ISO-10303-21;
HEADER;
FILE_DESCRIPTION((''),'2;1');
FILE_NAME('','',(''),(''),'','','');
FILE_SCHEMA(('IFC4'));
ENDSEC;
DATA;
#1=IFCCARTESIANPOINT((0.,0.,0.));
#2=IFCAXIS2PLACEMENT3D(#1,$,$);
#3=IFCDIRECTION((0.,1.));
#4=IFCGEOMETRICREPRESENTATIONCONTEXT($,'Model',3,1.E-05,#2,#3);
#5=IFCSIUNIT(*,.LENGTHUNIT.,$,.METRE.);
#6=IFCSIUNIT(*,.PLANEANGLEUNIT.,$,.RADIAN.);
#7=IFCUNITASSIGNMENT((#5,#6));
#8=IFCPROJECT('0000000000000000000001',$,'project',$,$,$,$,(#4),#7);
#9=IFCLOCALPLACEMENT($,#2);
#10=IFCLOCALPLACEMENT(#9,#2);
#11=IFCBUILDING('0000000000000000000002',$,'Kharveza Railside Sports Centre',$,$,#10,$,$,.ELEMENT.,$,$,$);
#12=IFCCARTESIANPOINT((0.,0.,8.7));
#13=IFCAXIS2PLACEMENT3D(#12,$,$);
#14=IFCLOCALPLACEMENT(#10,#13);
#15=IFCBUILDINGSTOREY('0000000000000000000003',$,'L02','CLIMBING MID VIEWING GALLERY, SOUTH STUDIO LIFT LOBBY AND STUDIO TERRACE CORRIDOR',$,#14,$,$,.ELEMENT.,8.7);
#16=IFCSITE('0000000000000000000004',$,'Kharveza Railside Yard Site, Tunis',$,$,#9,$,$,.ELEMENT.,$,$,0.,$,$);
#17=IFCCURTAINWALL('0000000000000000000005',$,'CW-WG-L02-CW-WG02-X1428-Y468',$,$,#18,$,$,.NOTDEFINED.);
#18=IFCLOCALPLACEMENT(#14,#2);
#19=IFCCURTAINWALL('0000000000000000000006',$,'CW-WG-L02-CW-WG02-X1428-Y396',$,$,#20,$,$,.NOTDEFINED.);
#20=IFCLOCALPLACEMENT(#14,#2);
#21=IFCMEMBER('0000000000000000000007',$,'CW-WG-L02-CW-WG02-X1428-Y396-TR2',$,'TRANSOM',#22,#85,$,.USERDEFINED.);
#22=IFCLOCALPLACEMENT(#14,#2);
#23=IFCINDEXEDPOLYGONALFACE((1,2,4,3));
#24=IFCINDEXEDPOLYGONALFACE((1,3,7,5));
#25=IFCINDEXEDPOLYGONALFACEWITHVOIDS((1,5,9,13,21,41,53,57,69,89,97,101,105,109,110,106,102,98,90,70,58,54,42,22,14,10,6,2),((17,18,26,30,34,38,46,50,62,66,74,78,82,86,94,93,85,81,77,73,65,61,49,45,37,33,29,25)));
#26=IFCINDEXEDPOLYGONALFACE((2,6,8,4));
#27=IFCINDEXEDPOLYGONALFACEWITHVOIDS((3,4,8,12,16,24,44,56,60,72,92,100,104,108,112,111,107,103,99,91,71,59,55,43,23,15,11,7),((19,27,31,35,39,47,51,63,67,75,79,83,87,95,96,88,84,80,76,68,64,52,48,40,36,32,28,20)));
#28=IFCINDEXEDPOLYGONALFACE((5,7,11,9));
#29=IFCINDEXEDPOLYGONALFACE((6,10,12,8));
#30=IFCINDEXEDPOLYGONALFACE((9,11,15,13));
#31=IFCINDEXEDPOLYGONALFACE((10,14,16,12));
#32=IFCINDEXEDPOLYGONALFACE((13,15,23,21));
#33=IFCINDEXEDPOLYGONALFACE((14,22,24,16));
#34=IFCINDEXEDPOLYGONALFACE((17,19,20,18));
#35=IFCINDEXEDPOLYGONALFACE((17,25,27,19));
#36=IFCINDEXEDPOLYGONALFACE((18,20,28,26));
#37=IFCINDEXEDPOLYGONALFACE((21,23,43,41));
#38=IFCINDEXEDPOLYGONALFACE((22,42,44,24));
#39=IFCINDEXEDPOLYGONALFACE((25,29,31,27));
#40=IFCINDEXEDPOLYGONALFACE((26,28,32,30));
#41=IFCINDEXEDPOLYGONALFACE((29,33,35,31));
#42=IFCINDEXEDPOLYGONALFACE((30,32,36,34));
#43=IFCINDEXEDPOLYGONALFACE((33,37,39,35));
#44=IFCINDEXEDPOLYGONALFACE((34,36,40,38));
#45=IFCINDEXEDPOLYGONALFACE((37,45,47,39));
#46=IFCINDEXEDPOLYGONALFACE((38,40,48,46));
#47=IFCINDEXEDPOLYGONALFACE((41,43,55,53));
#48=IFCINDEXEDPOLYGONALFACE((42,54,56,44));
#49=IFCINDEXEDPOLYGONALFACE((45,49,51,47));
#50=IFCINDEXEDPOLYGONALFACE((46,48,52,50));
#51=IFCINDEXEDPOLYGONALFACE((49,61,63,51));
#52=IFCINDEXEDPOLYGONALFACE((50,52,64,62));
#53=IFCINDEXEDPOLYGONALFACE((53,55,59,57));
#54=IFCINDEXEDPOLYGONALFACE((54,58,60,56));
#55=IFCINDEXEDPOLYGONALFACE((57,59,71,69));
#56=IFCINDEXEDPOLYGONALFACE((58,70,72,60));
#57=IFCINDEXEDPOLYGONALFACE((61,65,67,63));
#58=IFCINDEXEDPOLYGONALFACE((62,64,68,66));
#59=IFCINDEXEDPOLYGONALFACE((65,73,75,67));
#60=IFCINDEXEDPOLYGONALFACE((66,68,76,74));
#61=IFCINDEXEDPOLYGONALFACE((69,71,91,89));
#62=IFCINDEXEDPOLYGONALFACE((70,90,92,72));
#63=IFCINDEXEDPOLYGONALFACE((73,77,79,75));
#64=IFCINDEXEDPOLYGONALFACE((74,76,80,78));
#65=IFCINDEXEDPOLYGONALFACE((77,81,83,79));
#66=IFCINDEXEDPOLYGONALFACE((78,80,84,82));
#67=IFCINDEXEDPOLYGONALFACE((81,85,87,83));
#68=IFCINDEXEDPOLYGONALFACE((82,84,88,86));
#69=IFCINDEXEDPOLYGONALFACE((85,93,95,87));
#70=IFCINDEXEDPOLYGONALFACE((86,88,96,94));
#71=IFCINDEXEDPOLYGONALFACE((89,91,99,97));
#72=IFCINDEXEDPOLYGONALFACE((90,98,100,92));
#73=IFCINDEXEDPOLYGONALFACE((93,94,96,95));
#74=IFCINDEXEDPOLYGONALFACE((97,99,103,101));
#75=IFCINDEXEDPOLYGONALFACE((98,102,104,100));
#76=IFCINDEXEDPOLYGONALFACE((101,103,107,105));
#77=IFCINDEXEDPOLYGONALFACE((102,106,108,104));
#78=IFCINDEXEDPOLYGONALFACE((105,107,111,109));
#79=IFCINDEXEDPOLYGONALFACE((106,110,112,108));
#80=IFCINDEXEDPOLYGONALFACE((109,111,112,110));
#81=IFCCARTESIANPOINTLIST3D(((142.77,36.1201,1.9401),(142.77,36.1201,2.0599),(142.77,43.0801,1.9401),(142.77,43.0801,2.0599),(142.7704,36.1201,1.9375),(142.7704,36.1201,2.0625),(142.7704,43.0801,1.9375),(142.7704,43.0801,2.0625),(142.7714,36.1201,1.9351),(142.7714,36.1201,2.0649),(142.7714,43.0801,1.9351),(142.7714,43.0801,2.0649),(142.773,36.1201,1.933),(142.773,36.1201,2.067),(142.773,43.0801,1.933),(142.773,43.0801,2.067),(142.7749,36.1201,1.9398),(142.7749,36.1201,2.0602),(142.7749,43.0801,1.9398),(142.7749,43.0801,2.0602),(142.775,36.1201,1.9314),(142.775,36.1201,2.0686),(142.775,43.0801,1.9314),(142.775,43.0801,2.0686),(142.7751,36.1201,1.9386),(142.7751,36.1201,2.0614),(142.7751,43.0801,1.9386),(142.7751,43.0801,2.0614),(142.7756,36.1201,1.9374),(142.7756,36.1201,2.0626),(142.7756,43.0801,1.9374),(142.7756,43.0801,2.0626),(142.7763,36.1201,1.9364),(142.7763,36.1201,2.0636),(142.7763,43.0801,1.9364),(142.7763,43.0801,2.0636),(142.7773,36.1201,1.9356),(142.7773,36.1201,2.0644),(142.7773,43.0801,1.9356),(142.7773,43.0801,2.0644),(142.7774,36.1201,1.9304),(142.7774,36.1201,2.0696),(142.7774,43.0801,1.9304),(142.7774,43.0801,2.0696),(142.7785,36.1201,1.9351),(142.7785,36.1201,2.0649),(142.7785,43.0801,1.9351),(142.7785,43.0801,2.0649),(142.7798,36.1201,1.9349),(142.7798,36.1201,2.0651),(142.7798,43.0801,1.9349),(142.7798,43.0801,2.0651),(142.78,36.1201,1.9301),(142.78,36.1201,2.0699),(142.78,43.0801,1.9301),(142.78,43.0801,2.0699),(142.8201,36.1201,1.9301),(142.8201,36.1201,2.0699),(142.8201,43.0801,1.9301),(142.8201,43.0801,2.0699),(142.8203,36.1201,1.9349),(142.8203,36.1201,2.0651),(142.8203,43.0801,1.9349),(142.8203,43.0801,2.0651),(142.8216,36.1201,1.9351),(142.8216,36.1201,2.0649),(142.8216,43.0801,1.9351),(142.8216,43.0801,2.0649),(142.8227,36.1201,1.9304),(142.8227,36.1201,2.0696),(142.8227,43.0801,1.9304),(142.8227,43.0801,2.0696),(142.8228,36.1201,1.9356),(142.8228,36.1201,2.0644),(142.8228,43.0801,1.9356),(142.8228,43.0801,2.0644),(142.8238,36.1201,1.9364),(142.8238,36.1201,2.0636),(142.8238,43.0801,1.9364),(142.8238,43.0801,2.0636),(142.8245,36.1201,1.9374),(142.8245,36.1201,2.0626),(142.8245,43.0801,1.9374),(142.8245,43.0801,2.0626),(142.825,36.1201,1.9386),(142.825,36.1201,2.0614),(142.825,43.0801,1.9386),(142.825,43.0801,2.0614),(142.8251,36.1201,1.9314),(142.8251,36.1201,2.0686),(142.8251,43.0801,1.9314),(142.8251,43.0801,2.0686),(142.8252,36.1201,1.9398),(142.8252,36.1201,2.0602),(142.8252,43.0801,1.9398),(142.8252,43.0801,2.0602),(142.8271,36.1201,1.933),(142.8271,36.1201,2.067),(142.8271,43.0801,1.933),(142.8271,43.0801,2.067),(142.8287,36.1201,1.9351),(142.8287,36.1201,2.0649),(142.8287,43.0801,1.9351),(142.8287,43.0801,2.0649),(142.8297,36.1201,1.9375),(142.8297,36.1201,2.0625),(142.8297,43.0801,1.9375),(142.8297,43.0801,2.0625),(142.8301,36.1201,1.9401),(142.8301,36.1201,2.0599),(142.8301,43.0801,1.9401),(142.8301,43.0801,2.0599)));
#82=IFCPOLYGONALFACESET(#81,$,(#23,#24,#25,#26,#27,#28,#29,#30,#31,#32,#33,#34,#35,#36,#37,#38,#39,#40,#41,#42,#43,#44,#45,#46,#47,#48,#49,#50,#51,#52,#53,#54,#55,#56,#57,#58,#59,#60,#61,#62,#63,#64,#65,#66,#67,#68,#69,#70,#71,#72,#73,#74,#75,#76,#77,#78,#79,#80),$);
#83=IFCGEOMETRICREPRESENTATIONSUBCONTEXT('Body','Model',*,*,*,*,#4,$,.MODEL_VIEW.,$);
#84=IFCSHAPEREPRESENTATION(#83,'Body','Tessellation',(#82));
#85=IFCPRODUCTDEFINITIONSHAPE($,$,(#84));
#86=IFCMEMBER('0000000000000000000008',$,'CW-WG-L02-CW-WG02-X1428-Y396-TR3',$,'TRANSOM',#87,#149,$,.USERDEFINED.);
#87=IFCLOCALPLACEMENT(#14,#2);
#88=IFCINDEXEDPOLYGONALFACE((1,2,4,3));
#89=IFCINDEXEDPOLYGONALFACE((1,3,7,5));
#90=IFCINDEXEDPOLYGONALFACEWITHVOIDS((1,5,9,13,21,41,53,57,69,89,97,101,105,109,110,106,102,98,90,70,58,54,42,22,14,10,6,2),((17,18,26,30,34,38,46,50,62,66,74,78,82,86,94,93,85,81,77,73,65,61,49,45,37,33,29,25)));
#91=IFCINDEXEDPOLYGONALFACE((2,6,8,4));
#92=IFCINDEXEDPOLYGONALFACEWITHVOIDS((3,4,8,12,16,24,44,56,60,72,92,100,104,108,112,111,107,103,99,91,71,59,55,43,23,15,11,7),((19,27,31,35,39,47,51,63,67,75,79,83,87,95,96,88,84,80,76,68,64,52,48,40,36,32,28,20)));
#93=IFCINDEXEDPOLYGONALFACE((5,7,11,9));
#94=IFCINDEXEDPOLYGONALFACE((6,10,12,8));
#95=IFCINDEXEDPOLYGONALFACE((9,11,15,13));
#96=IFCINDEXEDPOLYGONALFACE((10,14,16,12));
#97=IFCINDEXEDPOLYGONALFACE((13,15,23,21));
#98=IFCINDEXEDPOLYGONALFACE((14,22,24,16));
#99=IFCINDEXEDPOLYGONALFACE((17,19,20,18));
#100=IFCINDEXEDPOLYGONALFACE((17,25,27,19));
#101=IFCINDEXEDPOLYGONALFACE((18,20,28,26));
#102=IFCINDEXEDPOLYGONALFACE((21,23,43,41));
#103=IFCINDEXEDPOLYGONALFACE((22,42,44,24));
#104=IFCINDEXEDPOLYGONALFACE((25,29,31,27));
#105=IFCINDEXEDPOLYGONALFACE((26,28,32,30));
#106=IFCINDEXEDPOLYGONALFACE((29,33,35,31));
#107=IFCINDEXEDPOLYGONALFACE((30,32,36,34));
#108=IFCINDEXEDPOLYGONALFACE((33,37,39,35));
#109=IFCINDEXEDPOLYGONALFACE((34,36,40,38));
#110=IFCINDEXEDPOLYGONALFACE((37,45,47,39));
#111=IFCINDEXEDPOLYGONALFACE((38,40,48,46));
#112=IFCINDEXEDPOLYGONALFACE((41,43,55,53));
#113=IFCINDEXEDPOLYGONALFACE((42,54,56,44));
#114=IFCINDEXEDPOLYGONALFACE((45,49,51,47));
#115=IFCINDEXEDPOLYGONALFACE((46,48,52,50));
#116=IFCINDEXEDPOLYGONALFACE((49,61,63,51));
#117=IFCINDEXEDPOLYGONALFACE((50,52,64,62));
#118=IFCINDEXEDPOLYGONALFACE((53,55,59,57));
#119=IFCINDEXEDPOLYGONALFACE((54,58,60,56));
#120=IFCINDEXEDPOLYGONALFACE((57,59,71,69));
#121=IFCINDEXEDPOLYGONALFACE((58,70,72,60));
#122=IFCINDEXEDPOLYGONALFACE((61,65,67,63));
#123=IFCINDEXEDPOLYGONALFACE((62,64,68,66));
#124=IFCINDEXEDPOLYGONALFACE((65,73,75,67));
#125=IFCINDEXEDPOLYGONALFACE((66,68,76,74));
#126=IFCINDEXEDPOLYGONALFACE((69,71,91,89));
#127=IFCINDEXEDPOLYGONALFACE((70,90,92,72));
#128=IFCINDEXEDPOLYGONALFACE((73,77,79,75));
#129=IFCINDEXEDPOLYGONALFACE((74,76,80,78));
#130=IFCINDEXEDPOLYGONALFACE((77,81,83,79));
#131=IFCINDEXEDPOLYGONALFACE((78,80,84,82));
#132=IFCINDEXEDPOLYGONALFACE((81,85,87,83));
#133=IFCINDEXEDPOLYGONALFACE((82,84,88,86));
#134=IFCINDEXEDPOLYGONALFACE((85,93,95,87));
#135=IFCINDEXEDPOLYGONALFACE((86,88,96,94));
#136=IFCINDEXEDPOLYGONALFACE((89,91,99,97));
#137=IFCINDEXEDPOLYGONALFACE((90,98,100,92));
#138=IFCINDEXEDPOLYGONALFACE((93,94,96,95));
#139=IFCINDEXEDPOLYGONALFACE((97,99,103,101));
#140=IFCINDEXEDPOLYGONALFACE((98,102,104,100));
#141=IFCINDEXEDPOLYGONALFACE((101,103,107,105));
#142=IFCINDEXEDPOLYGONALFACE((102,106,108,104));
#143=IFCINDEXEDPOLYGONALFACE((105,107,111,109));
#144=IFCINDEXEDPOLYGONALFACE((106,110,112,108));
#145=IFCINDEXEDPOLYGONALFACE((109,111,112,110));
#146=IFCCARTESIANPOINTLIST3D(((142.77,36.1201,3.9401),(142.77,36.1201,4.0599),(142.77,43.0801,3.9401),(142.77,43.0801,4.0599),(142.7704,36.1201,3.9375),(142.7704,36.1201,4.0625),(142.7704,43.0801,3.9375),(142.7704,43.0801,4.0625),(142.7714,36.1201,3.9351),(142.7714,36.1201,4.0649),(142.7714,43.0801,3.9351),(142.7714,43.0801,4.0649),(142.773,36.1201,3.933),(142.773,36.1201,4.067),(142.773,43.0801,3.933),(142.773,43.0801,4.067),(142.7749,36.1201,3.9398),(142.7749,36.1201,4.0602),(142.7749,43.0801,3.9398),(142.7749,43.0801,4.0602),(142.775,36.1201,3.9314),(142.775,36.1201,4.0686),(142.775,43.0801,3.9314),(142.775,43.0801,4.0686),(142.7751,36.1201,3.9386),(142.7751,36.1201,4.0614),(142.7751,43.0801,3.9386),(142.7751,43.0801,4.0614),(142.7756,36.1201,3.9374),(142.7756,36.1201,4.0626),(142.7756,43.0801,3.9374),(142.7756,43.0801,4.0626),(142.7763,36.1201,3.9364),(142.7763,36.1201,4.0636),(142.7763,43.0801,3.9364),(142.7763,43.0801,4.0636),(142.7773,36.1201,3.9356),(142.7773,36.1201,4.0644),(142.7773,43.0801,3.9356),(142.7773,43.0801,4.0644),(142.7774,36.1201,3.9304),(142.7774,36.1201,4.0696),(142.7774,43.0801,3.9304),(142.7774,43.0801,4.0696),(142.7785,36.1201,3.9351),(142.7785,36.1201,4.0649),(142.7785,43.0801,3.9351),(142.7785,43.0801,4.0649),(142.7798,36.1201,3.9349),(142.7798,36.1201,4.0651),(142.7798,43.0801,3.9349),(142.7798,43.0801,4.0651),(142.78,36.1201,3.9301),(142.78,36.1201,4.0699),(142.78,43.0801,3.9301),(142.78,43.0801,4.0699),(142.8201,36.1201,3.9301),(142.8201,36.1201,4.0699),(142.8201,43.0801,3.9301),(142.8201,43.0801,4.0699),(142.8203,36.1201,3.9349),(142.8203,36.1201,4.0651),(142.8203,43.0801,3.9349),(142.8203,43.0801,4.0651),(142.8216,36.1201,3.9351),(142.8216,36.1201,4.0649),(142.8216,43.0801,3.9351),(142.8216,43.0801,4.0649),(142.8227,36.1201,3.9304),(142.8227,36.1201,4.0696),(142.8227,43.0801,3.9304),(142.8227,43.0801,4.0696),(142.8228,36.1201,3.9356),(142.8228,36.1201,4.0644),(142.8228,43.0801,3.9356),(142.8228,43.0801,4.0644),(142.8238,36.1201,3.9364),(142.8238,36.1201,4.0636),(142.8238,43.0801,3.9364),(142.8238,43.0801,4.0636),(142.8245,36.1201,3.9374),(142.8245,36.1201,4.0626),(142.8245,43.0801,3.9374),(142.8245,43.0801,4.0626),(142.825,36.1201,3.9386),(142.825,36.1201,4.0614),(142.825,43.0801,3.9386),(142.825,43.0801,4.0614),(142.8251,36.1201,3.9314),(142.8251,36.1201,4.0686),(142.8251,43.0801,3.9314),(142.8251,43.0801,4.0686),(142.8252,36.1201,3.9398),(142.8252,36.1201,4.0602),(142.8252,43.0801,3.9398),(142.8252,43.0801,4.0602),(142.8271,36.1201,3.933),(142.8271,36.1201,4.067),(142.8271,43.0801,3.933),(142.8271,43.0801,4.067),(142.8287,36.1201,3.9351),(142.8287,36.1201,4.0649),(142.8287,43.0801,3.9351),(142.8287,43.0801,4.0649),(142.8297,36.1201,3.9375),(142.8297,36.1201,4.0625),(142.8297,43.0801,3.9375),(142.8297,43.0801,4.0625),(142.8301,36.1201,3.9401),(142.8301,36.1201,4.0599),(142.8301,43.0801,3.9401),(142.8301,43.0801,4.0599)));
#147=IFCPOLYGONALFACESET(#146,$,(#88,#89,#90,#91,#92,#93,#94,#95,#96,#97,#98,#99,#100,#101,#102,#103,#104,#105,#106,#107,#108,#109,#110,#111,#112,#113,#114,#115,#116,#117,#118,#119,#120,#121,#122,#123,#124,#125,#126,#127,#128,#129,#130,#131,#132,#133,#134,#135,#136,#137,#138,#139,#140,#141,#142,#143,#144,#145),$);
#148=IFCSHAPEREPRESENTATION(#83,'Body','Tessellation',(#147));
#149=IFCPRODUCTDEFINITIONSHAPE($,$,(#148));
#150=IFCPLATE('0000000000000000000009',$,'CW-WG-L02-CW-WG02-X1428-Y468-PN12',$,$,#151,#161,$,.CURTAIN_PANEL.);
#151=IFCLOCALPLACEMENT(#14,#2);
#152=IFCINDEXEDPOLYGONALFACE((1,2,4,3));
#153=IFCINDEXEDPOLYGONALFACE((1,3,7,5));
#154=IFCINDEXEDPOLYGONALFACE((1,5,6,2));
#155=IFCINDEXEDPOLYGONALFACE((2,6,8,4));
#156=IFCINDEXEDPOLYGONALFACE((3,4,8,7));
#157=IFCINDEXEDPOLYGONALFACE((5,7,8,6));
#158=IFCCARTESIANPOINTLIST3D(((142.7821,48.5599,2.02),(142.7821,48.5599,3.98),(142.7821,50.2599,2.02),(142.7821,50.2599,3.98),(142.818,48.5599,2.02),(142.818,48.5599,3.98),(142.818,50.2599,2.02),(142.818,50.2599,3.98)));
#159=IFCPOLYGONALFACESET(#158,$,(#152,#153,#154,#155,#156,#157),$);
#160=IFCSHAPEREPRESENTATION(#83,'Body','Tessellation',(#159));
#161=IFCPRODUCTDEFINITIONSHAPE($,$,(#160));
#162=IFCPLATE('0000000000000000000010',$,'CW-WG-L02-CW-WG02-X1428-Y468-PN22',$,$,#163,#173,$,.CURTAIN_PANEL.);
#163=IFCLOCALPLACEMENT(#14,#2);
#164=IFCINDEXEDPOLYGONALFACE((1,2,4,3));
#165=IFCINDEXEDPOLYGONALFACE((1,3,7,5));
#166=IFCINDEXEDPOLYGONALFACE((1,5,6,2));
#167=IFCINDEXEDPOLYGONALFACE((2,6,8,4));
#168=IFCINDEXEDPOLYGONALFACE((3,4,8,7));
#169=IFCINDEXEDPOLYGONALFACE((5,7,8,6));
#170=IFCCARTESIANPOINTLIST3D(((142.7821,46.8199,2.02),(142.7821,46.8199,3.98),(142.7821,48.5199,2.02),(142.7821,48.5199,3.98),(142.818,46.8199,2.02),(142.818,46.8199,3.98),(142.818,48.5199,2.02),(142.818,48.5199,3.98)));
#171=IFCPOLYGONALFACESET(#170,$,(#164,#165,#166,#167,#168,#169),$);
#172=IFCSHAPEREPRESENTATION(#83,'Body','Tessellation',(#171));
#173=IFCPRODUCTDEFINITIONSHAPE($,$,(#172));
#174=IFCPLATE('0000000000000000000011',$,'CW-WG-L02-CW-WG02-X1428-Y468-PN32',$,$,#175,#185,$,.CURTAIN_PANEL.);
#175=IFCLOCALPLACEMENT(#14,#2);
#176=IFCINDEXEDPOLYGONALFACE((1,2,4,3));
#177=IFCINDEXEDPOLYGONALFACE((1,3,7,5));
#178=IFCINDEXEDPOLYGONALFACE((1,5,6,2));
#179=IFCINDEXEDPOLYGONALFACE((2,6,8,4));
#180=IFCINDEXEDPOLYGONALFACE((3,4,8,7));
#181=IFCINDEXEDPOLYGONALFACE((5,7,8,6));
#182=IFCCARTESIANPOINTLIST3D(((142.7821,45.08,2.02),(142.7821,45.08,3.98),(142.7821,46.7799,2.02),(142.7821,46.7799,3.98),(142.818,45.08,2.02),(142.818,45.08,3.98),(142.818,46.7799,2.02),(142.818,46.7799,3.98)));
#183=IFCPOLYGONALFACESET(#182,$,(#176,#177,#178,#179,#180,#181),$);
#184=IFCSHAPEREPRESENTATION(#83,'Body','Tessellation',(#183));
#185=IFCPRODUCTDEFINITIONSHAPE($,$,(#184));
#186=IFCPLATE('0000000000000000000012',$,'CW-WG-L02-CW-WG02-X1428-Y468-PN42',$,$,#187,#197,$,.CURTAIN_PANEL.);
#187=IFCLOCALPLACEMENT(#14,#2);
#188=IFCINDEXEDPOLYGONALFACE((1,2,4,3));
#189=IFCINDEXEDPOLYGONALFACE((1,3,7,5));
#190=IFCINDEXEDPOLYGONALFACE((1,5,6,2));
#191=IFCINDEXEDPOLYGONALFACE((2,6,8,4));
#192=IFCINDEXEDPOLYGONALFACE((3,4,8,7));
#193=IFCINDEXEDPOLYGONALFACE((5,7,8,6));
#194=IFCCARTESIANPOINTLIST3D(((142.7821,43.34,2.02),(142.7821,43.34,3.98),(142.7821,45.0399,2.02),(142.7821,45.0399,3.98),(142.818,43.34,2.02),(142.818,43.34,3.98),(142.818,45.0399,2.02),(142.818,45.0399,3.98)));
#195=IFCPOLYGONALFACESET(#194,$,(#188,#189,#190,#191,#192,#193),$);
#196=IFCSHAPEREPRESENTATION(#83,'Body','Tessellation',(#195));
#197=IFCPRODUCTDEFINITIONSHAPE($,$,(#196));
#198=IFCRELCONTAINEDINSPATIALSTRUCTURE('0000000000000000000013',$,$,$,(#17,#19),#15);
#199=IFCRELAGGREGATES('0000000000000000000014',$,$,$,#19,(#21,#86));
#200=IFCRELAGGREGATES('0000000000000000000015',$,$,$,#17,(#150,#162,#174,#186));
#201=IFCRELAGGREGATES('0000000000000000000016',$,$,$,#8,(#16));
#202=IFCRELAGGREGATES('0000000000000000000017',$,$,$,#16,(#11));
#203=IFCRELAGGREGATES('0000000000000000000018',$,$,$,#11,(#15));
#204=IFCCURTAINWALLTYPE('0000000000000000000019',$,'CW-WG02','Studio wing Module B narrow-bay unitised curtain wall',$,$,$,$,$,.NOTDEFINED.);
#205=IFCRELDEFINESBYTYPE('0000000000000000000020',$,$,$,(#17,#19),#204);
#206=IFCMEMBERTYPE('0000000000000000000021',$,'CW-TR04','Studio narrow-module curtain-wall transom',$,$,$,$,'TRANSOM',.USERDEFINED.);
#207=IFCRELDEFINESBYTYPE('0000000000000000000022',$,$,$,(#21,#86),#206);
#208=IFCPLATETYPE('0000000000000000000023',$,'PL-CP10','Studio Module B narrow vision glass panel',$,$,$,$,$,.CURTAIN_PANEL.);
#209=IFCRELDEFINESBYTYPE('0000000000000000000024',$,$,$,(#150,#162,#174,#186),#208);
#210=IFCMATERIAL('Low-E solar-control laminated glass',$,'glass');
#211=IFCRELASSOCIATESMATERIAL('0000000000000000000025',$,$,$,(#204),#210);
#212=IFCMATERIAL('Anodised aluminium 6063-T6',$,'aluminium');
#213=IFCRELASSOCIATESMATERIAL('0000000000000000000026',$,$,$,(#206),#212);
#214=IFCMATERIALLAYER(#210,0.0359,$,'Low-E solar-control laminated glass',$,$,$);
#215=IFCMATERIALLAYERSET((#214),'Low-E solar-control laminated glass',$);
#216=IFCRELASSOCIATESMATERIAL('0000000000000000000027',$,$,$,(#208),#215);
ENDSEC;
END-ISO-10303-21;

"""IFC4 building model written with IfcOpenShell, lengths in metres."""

from ifc_helpers import new_model, si_unit, direction, frame, origin, origin_2d, place, context, subcontext, project, spatial, rectangle, hollow_rectangle, extrude, material, layer, layer_set, material_profile, profile_set, type_object, element, aggregate, save


model = new_model("IFC4")

# Units and contexts
model_context = context("Model", 3, precision=1e-05, world=origin(), true_north=direction((0.0, 1.0)))
body_context = subcontext(model_context, "Body", "Model", "MODEL_VIEW")
ifc_project = project(units=[si_unit("LENGTHUNIT", "METRE"), si_unit("PLANEANGLEUNIT", "RADIAN")], contexts=[model_context])

# Site, building, storey
site_placement = place(None, origin())
site = spatial("IfcSite", under=ifc_project, at=site_placement, Name="Kharveza Railside Yard Site, Tunis", CompositionType="ELEMENT", RefElevation=0.0)
building_placement = place(site_placement, origin())
building = spatial("IfcBuilding", under=site, at=building_placement, Name="Kharveza Railside Sports Centre", CompositionType="ELEMENT")
storey_placement = place(building_placement, frame((0.0, 0.0, 8.7)))
storey = spatial("IfcBuildingStorey", under=building, at=storey_placement, Name="L02", Description="CLIMBING MID VIEWING GALLERY, SOUTH STUDIO LIFT LOBBY AND STUDIO TERRACE CORRIDOR", CompositionType="ELEMENT", Elevation=8.7)

# Curtain wall
ifc_material_1 = material(Name="Low-E solar-control laminated glass", Category="glass")
curtain_wall_type = type_object("IfcCurtainWallType", Name="CW-WG02", Description="Studio wing Module B narrow-bay unitised curtain wall", PredefinedType="NOTDEFINED", material=ifc_material_1)
curtain_wall_1_placement = place(storey_placement, origin())
curtain_wall_1 = element("IfcCurtainWall", 1, at=curtain_wall_1_placement, inside=storey, type_object=curtain_wall_type, Name="CW-WG-L02-CW-WG02-X1428-Y468", PredefinedType="NOTDEFINED")
ifc_material_2 = material(Name="Anodised aluminium 6063-T6", Category="aluminium")

# Curtain wall
curtain_wall_2_placement = place(storey_placement, origin())
curtain_wall_2 = element("IfcCurtainWall", 2, at=curtain_wall_2_placement, inside=storey, type_object=curtain_wall_type, Name="CW-WG-L02-CW-WG02-X1428-Y396", PredefinedType="NOTDEFINED")

# Members
ifc_material_profile_1 = material_profile(ifc_material_2, hollow_rectangle(XDim=0.0601, YDim=0.1399, WallThickness=0.0049, InnerFilletRadius=0.0049, OuterFilletRadius=0.01, at=origin_2d()), Name="RHS 60x140x5.0")
ifc_profile_set_1 = profile_set([ifc_material_profile_1], Name="Anodised aluminium 6063-T6")
member_type_1 = type_object("IfcMemberType", Name="CW-TR04", Description="Studio narrow-module curtain-wall transom", ElementType="TRANSOM", PredefinedType="USERDEFINED", material=ifc_profile_set_1)
member_1_placement = place(storey_placement, frame((142.8, 43.0801, 2.0), z_axis=(0.0, -1.0, 0.0), x_axis=(1.0, 0.0, 0.0)))
member_1 = element("IfcMember", 3, at=member_1_placement, type_object=member_type_1, Name="CW-WG-L02-CW-WG02-X1428-Y396-TR2", ObjectType="TRANSOM", PredefinedType="USERDEFINED", context=body_context, shape_type="SweptSolid", body=[
    extrude(hollow_rectangle(XDim=0.0601, YDim=0.1399, WallThickness=0.0049, InnerFilletRadius=0.0049, OuterFilletRadius=0.01, at=origin_2d()), origin(), (0.0, 0.0, 1.0), 6.96),
])
member_2_placement = place(storey_placement, frame((142.8, 43.0801, 4.0), z_axis=(0.0, -1.0, 0.0), x_axis=(1.0, 0.0, 0.0)))
member_2 = element("IfcMember", 4, at=member_2_placement, type_object=member_type_1, Name="CW-WG-L02-CW-WG02-X1428-Y396-TR3", ObjectType="TRANSOM", PredefinedType="USERDEFINED", context=body_context, shape_type="SweptSolid", body=[
    extrude(hollow_rectangle(XDim=0.0601, YDim=0.1399, WallThickness=0.0049, InnerFilletRadius=0.0049, OuterFilletRadius=0.01, at=origin_2d()), origin(), (0.0, 0.0, 1.0), 6.96),
])

# Plates
ifc_layer_1 = layer(ifc_material_1, 0.0359, Name="Low-E solar-control laminated glass")
ifc_layer_set_1 = layer_set([ifc_layer_1], Name="Low-E solar-control laminated glass")
plate_type_1 = type_object("IfcPlateType", Name="PL-CP10", Description="Studio Module B narrow vision glass panel", PredefinedType="CURTAIN_PANEL", material=ifc_layer_set_1)
plate_1_placement = place(storey_placement, frame((142.8, 49.4099, 2.02), z_axis=(0.0, 0.0, 1.0), x_axis=(0.0, -1.0, 0.0)))
plate_1 = element("IfcPlate", 5, at=plate_1_placement, type_object=plate_type_1, Name="CW-WG-L02-CW-WG02-X1428-Y468-PN12", PredefinedType="CURTAIN_PANEL", context=body_context, shape_type="SweptSolid", body=[
    extrude(rectangle(XDim=1.7, YDim=0.0359, at=origin_2d()), origin(), (0.0, 0.0, 1.0), 1.96),
])
plate_2_placement = place(storey_placement, frame((142.8, 47.6699, 2.02), z_axis=(0.0, 0.0, 1.0), x_axis=(0.0, -1.0, 0.0)))
plate_2 = element("IfcPlate", 6, at=plate_2_placement, type_object=plate_type_1, Name="CW-WG-L02-CW-WG02-X1428-Y468-PN22", PredefinedType="CURTAIN_PANEL", context=body_context, shape_type="SweptSolid", body=[
    extrude(rectangle(XDim=1.7, YDim=0.0359, at=origin_2d()), origin(), (0.0, 0.0, 1.0), 1.96),
])
plate_3_placement = place(storey_placement, frame((142.8, 45.9299, 2.02), z_axis=(0.0, 0.0, 1.0), x_axis=(0.0, -1.0, 0.0)))
plate_3 = element("IfcPlate", 7, at=plate_3_placement, type_object=plate_type_1, Name="CW-WG-L02-CW-WG02-X1428-Y468-PN32", PredefinedType="CURTAIN_PANEL", context=body_context, shape_type="SweptSolid", body=[
    extrude(rectangle(XDim=1.7, YDim=0.0359, at=origin_2d()), origin(), (0.0, 0.0, 1.0), 1.96),
])
plate_4_placement = place(storey_placement, frame((142.8, 44.1899, 2.02), z_axis=(0.0, 0.0, 1.0), x_axis=(0.0, -1.0, 0.0)))
plate_4 = element("IfcPlate", 8, at=plate_4_placement, type_object=plate_type_1, Name="CW-WG-L02-CW-WG02-X1428-Y468-PN42", PredefinedType="CURTAIN_PANEL", context=body_context, shape_type="SweptSolid", body=[
    extrude(rectangle(XDim=1.7, YDim=0.0359, at=origin_2d()), origin(), (0.0, 0.0, 1.0), 1.96),
])
aggregate(curtain_wall_2, [member_1, member_2])
aggregate(curtain_wall_1, [plate_1, plate_2, plate_3, plate_4])

save(model, "model.ifc")
